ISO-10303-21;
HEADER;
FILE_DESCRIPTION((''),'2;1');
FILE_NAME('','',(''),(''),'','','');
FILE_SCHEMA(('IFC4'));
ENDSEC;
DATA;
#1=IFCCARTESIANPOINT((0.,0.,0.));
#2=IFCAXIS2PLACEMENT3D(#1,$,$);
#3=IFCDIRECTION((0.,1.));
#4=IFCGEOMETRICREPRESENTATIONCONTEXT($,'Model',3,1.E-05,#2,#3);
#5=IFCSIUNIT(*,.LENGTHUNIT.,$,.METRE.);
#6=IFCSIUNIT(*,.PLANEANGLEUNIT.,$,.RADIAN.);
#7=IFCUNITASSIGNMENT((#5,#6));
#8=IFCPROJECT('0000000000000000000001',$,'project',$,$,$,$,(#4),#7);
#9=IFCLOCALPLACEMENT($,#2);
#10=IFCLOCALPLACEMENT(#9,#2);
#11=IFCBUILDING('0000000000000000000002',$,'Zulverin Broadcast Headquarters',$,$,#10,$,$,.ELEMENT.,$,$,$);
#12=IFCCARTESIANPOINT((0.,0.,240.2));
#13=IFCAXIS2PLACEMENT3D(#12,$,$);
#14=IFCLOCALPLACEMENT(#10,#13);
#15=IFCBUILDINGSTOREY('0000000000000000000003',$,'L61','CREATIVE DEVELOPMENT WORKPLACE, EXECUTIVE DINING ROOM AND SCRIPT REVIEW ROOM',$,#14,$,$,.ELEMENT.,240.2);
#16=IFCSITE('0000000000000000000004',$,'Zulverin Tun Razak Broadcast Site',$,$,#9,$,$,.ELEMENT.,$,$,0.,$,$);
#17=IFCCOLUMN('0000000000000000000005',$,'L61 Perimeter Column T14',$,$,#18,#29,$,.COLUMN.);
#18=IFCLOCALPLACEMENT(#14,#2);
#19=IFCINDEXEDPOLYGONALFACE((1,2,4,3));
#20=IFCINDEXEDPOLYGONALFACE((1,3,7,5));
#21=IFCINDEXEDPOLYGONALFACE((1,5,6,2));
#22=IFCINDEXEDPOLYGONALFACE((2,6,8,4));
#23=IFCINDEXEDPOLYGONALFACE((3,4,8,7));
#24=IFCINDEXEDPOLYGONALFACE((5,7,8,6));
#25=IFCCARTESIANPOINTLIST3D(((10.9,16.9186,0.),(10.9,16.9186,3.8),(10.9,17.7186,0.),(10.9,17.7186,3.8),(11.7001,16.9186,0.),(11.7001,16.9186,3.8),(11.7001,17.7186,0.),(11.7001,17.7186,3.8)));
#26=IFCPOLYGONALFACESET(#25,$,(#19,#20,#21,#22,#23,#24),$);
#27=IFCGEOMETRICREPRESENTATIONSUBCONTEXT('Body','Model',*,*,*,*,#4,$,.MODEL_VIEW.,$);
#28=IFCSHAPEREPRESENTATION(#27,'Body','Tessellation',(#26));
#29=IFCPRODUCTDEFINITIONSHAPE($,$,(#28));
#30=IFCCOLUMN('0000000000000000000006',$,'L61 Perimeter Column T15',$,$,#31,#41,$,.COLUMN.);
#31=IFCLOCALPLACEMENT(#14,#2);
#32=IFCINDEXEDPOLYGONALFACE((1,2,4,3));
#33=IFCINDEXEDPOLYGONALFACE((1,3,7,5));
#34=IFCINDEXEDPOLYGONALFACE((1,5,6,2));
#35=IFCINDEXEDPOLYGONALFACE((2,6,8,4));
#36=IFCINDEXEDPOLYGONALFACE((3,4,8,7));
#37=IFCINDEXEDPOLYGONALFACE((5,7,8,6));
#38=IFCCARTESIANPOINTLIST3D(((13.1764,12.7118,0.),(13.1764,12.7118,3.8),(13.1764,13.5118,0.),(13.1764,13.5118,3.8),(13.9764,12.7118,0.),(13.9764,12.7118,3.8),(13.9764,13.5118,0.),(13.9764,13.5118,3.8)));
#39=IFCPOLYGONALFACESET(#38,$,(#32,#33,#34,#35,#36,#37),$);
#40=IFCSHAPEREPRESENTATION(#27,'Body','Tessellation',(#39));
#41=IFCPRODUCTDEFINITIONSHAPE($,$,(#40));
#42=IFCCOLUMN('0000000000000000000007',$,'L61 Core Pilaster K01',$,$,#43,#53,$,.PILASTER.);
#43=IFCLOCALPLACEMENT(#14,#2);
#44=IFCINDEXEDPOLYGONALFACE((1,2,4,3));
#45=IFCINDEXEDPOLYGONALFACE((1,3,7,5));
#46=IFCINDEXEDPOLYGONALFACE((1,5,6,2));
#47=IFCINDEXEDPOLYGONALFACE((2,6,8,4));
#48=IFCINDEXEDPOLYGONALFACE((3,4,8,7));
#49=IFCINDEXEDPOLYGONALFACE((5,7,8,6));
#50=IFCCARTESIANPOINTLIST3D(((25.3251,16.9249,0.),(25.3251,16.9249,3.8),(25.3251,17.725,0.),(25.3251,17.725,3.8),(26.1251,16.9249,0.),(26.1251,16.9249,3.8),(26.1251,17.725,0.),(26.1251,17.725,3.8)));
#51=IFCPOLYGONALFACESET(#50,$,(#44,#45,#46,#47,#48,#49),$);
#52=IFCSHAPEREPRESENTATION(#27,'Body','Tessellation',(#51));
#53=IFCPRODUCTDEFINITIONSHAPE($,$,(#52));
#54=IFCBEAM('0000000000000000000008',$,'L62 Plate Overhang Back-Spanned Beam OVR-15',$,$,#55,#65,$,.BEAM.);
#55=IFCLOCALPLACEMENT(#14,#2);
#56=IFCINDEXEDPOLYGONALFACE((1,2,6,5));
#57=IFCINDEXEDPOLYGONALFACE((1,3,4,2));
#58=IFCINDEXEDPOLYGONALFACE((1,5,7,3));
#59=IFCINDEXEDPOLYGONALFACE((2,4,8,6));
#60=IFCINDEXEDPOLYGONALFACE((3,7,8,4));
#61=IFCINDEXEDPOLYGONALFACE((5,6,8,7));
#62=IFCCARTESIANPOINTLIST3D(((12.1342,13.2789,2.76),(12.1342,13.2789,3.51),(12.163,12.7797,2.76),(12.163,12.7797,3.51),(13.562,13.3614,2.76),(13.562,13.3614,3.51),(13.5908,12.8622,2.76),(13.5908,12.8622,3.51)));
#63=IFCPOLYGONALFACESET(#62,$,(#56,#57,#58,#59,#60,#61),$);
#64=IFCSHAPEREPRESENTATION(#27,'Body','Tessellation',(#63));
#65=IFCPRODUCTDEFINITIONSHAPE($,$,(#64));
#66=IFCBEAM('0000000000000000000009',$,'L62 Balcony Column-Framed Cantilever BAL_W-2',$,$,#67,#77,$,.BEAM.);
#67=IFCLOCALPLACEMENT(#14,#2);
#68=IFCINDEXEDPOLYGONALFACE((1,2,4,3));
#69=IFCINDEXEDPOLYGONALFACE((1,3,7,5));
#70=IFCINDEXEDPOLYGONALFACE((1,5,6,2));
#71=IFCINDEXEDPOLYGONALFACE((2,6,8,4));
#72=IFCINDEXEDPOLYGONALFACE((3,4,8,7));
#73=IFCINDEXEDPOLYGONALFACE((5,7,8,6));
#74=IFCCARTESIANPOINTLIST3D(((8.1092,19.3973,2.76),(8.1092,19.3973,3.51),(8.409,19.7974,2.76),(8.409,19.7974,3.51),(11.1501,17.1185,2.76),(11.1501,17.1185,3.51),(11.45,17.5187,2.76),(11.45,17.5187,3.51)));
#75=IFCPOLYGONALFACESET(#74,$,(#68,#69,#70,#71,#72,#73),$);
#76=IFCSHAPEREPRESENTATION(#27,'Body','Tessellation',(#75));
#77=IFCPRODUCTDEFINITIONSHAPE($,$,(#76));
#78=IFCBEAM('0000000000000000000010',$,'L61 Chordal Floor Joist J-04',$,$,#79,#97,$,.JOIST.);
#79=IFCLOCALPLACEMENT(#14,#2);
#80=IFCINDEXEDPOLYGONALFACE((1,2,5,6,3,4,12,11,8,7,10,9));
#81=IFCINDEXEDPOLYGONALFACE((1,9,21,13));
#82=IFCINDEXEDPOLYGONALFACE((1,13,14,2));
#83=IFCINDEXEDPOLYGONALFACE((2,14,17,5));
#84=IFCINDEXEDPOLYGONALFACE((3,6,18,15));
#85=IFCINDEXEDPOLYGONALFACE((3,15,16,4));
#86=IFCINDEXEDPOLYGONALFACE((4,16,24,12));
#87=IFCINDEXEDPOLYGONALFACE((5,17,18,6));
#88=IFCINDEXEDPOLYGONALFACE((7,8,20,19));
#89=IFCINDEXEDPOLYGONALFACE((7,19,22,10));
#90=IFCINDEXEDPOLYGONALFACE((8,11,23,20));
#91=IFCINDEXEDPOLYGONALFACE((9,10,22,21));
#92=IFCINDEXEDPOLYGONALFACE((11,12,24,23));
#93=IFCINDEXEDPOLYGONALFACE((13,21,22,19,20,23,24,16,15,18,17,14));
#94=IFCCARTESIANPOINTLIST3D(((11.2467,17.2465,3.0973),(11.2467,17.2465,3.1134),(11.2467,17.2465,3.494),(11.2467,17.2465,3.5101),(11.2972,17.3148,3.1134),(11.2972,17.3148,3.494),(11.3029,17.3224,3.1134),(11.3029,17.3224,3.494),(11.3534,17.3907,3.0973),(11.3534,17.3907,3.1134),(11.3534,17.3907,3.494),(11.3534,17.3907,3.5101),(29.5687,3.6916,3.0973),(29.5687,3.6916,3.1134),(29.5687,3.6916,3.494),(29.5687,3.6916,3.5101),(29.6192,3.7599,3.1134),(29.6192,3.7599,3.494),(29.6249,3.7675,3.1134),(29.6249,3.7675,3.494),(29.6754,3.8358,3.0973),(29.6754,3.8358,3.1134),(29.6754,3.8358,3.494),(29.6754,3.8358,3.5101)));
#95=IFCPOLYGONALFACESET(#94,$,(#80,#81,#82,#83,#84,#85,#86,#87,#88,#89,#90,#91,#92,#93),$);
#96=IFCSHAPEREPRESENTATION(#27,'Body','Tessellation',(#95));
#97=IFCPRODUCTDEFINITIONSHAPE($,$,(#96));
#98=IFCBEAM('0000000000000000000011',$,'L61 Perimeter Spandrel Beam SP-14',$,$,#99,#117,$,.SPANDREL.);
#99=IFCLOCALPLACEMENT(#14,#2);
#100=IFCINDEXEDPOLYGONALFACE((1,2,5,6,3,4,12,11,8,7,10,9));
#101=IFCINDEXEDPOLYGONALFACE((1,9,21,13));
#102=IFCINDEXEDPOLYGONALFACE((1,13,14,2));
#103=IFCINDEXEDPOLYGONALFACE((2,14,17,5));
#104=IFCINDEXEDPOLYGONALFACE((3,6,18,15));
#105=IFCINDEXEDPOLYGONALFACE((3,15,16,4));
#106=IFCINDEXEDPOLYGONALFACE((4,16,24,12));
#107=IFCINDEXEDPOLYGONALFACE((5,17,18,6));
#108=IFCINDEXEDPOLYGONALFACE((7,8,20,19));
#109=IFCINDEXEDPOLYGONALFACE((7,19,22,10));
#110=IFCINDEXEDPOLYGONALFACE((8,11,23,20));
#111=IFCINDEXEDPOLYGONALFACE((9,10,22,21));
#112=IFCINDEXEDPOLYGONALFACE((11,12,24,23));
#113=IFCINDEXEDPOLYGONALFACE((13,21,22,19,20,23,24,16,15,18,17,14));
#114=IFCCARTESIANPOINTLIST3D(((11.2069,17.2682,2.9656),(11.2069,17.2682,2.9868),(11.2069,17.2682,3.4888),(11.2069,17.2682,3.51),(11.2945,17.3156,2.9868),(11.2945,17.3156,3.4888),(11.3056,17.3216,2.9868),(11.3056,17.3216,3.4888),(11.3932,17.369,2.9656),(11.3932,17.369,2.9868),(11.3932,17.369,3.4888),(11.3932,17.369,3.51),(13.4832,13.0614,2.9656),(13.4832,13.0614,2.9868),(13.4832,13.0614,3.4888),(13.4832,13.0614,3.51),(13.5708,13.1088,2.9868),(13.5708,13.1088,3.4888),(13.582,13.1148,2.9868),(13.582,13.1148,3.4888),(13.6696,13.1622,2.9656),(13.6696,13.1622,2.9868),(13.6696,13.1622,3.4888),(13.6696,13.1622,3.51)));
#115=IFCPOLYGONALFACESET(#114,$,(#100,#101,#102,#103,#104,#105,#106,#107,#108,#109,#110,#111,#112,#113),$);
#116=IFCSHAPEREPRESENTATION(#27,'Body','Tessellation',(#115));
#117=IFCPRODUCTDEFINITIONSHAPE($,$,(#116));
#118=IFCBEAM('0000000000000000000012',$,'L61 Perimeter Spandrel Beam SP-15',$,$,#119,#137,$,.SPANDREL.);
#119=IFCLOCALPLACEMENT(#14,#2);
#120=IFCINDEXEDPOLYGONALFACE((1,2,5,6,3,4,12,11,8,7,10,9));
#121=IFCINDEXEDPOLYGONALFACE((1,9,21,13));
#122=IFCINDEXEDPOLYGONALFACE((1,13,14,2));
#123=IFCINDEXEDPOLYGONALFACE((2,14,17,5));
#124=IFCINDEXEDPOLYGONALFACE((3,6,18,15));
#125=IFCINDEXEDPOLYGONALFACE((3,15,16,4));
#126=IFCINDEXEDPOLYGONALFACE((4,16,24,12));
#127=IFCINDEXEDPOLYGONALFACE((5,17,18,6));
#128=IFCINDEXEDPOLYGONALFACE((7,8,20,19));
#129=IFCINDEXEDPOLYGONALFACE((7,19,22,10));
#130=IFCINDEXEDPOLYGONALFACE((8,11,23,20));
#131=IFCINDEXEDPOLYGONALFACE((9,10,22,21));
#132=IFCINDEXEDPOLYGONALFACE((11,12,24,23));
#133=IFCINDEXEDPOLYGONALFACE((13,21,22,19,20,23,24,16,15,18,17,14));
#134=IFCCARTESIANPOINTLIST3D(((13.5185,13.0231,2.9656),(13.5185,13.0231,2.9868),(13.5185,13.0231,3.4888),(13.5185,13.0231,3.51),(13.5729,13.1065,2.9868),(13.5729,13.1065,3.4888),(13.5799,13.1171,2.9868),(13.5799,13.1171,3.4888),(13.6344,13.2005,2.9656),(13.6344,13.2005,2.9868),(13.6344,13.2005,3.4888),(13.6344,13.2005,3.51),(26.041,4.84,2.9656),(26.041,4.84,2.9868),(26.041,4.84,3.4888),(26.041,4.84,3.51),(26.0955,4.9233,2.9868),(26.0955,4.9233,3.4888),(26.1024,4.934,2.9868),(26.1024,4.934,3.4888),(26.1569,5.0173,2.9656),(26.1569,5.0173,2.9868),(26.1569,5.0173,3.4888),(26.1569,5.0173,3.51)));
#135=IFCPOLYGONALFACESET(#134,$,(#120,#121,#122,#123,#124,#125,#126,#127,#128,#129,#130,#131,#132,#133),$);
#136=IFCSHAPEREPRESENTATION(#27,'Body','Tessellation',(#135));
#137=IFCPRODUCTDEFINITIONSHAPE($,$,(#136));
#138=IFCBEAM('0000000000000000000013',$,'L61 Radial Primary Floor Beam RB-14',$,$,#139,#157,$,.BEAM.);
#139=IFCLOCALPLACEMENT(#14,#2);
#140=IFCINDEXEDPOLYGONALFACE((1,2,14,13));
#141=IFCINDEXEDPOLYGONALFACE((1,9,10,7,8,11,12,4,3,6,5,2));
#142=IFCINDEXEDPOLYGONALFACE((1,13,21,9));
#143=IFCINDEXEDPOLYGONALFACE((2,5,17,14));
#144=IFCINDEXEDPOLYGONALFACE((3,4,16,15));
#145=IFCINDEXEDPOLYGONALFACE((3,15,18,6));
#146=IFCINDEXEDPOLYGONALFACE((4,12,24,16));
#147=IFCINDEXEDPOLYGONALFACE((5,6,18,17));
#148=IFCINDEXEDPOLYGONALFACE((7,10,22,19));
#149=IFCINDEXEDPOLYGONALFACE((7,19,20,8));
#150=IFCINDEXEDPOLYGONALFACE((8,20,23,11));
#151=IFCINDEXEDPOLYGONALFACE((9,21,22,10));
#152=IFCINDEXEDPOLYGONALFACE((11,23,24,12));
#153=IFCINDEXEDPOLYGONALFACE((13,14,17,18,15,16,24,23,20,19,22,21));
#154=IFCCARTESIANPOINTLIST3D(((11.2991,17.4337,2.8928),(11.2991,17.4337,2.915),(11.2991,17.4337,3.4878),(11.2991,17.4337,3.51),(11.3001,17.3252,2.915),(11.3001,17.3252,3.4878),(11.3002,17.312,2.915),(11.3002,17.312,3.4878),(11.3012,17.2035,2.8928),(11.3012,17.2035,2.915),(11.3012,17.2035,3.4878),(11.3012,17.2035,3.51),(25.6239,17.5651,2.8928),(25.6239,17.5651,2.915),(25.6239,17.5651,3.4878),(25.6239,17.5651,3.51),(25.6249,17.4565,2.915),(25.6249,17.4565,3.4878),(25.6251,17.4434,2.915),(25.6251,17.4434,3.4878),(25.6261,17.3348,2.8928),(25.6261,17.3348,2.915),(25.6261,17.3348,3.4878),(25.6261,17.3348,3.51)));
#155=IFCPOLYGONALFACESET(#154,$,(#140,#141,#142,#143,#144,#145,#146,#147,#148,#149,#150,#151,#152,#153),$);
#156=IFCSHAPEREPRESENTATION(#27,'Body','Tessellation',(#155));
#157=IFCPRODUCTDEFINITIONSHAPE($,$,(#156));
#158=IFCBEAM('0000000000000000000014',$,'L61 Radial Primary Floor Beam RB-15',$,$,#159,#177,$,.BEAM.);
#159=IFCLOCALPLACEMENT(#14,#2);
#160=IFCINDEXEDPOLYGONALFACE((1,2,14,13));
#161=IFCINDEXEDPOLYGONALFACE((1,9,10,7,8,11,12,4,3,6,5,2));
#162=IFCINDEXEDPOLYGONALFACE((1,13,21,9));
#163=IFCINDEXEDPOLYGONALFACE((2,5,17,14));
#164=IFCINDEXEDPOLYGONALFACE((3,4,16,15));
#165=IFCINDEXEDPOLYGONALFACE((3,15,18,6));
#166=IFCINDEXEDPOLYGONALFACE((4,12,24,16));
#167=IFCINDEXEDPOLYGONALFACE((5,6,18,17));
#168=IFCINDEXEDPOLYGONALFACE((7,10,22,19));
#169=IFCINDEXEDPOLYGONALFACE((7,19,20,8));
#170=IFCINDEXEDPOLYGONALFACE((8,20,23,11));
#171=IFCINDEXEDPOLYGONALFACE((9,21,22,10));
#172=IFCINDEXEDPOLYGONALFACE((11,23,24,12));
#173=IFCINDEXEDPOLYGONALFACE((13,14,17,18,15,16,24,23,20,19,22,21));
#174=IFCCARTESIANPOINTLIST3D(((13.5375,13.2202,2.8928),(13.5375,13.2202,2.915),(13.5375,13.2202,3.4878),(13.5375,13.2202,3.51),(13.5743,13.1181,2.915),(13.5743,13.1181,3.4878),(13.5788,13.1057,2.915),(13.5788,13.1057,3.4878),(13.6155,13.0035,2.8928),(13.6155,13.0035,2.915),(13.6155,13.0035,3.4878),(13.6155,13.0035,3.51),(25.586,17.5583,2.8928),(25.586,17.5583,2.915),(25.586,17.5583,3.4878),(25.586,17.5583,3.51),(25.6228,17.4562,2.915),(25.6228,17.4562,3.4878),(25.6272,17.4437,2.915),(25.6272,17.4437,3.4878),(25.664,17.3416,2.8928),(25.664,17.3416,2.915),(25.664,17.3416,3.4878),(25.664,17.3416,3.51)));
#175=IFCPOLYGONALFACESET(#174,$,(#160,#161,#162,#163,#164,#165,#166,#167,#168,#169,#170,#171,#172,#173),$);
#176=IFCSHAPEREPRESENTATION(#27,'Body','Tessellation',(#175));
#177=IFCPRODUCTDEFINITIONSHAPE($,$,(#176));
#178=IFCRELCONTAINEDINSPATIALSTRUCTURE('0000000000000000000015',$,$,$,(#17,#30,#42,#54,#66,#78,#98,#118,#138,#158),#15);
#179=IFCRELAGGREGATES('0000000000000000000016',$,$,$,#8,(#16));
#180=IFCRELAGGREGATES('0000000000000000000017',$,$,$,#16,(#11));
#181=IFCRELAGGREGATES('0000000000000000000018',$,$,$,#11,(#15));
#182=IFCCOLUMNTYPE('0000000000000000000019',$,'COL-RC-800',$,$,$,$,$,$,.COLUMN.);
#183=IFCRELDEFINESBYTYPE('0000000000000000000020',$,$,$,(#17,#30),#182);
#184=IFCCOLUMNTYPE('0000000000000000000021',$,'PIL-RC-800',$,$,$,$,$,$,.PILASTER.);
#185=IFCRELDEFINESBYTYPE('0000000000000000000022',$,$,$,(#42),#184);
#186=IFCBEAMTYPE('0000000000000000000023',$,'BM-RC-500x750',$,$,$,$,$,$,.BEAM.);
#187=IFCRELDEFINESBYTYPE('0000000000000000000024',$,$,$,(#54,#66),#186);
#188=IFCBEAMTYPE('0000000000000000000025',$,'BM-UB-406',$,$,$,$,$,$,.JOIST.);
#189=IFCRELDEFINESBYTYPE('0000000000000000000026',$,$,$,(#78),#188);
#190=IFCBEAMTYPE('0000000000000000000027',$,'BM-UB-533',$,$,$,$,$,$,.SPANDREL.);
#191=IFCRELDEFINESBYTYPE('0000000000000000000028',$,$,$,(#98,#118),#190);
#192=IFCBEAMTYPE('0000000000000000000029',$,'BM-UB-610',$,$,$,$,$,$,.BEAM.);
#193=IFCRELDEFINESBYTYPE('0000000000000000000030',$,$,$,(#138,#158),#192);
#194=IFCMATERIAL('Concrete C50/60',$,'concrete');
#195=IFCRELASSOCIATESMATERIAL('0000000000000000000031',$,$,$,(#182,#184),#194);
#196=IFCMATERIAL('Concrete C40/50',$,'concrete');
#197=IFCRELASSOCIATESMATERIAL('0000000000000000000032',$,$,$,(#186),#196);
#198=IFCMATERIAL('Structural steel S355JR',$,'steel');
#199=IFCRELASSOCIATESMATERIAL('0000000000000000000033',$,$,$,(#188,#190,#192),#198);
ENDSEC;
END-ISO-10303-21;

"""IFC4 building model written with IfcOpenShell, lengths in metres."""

from ifc_helpers import new_model, si_unit, direction, frame, origin, origin_2d, place, context, subcontext, project, spatial, rectangle, i_section, extrude, material, material_profile, profile_set, type_object, element, save


model = new_model("IFC4")

# Units and contexts
model_context = context("Model", 3, precision=1e-05, world=origin(), true_north=direction((0.0, 1.0)))
body_context = subcontext(model_context, "Body", "Model", "MODEL_VIEW")
ifc_project = project(units=[si_unit("LENGTHUNIT", "METRE"), si_unit("PLANEANGLEUNIT", "RADIAN")], contexts=[model_context])

# Site, building, storey
site_placement = place(None, origin())
site = spatial("IfcSite", under=ifc_project, at=site_placement, Name="Zulverin Tun Razak Broadcast Site", CompositionType="ELEMENT", RefElevation=0.0)
building_placement = place(site_placement, origin())
building = spatial("IfcBuilding", under=site, at=building_placement, Name="Zulverin Broadcast Headquarters", CompositionType="ELEMENT")
storey_placement = place(building_placement, frame((0.0, 0.0, 240.2)))
storey = spatial("IfcBuildingStorey", under=building, at=storey_placement, Name="L61", Description="CREATIVE DEVELOPMENT WORKPLACE, EXECUTIVE DINING ROOM AND SCRIPT REVIEW ROOM", CompositionType="ELEMENT", Elevation=240.2)

# Columns
ifc_material_1 = material(Name="Concrete C50/60", Category="concrete")
ifc_material_profile_1 = material_profile(ifc_material_1, rectangle(XDim=0.8, YDim=0.8, at=origin_2d()), Name="Concrete C50/60", Category="concrete")
ifc_profile_set_1 = profile_set([ifc_material_profile_1], Name="Concrete C50/60")
column_type_1 = type_object("IfcColumnType", Name="COL-RC-800", PredefinedType="COLUMN", material=ifc_profile_set_1)
for number, where, z_axis, x_axis, name in (
    (1, (11.3, 17.3186, 0.0), (0.0, 0.0, 1.0), (1.0, 0.0, 0.0), "L61 Perimeter Column T14"),
    (2, (13.5764, 13.1118, 0.0), (0.0, 0.0, 1.0), (1.0, 0.0, 0.0), "L61 Perimeter Column T15"),
):
    element("IfcColumn", number, at=place(storey_placement, frame(where, z_axis=z_axis, x_axis=x_axis)), inside=storey, type_object=column_type_1, Name=name, PredefinedType="COLUMN", context=body_context, shape_type="SweptSolid", body=[
        extrude(rectangle(XDim=0.8, YDim=0.8, at=origin_2d()), origin(), (0.0, 0.0, 1.0), 3.8),
    ])
ifc_material_profile_2 = material_profile(ifc_material_1, rectangle(XDim=0.8, YDim=0.8, at=origin_2d()), Name="Concrete C50/60", Category="concrete")
ifc_profile_set_2 = profile_set([ifc_material_profile_2], Name="Concrete C50/60")
column_type_2 = type_object("IfcColumnType", Name="PIL-RC-800", PredefinedType="PILASTER", material=ifc_profile_set_2)
column_placement = place(storey_placement, frame((25.7251, 17.325, 0.0), z_axis=(0.0, 0.0, 1.0), x_axis=(1.0, 0.0, 0.0)))
element("IfcColumn", 3, at=column_placement, inside=storey, type_object=column_type_2, Name="L61 Core Pilaster K01", PredefinedType="PILASTER", context=body_context, shape_type="SweptSolid", body=[
    extrude(rectangle(XDim=0.8, YDim=0.8, at=origin_2d()), origin(), (0.0, 0.0, 1.0), 3.8),
])

# Beams
ifc_material_2 = material(Name="Concrete C40/50", Category="concrete")
ifc_material_profile_3 = material_profile(ifc_material_2, rectangle(XDim=0.5, YDim=0.75, at=origin_2d()), Name="Concrete C40/50", Category="concrete")
ifc_profile_set_3 = profile_set([ifc_material_profile_3], Name="Concrete C40/50")
beam_type_1 = type_object("IfcBeamType", Name="BM-RC-500x750", PredefinedType="BEAM", material=ifc_profile_set_3)
beam_1_placement = place(storey_placement, frame((13.5764, 13.1118, 3.135), z_axis=(-0.998334, -0.057701, 0.0), x_axis=(0.057701, -0.998334, 0.0)))
element("IfcBeam", 4, at=beam_1_placement, inside=storey, type_object=beam_type_1, Name="L62 Plate Overhang Back-Spanned Beam OVR-15", PredefinedType="BEAM", context=body_context, shape_type="SweptSolid", body=[
    extrude(rectangle(XDim=0.5, YDim=0.75, at=origin_2d()), origin(), (0.0, 0.0, 1.0), 1.4302),
])
beam_2_placement = place(storey_placement, frame((11.3, 17.3186, 3.135), z_axis=(-0.800247, 0.599671, 0.0), x_axis=(-0.599671, -0.800247, 0.0)))
element("IfcBeam", 5, at=beam_2_placement, inside=storey, type_object=beam_type_1, Name="L62 Balcony Column-Framed Cantilever BAL_W-2", PredefinedType="BEAM", context=body_context, shape_type="SweptSolid", body=[
    extrude(rectangle(XDim=0.5, YDim=0.75, at=origin_2d()), origin(), (0.0, 0.0, 1.0), 3.8),
])
ifc_material_3 = material(Name="Structural steel S355JR", Category="steel")
ifc_material_profile_4 = material_profile(ifc_material_3, i_section(OverallWidth=0.1794, OverallDepth=0.4128, WebThickness=0.0095, FlangeThickness=0.0161, at=origin_2d()), Name="Structural steel S355JR", Category="steel")
ifc_profile_set_4 = profile_set([ifc_material_profile_4], Name="Structural steel S355JR")
beam_type_2 = type_object("IfcBeamType", Name="BM-UB-406", PredefinedType="JOIST", material=ifc_profile_set_4)
beam_3_placement = place(storey_placement, frame((11.3, 17.3186, 3.3037), z_axis=(0.803912, -0.594748, 0.0), x_axis=(0.594748, 0.803912, 0.0)))
element("IfcBeam", 6, at=beam_3_placement, inside=storey, type_object=beam_type_2, Name="L61 Chordal Floor Joist J-04", PredefinedType="JOIST", context=body_context, shape_type="SweptSolid", body=[
    extrude(i_section(OverallWidth=0.1794, OverallDepth=0.4128, WebThickness=0.0095, FlangeThickness=0.0161, at=origin_2d()), origin(), (0.0, 0.0, 1.0), 22.791),
])
ifc_material_profile_5 = material_profile(ifc_material_3, i_section(OverallWidth=0.2119, OverallDepth=0.5444, WebThickness=0.0127, FlangeThickness=0.0212, at=origin_2d()), Name="Structural steel S355JR", Category="steel")
ifc_profile_set_5 = profile_set([ifc_material_profile_5], Name="Structural steel S355JR")
beam_type_3 = type_object("IfcBeamType", Name="BM-UB-533", PredefinedType="SPANDREL", material=ifc_profile_set_5)
beam_4_placement = place(storey_placement, frame((11.3, 17.3186, 3.2378), z_axis=(0.47591, -0.879494, 0.0), x_axis=(0.879494, 0.47591, 0.0)))
element("IfcBeam", 7, at=beam_4_placement, inside=storey, type_object=beam_type_3, Name="L61 Perimeter Spandrel Beam SP-14", PredefinedType="SPANDREL", context=body_context, shape_type="SweptSolid", body=[
    extrude(i_section(OverallWidth=0.2119, OverallDepth=0.5444, WebThickness=0.0127, FlangeThickness=0.0212, at=origin_2d()), origin(), (0.0, 0.0, 1.0), 4.7832),
])
beam_5_placement = place(storey_placement, frame((13.5764, 13.1118, 3.2378), z_axis=(0.837112, -0.547031, 0.0), x_axis=(0.547031, 0.837112, 0.0)))
element("IfcBeam", 8, at=beam_5_placement, inside=storey, type_object=beam_type_3, Name="L61 Perimeter Spandrel Beam SP-15", PredefinedType="SPANDREL", context=body_context, shape_type="SweptSolid", body=[
    extrude(i_section(OverallWidth=0.2119, OverallDepth=0.5444, WebThickness=0.0127, FlangeThickness=0.0212, at=origin_2d()), origin(), (0.0, 0.0, 1.0), 14.9592),
])
ifc_material_profile_6 = material_profile(ifc_material_3, i_section(OverallWidth=0.2302, OverallDepth=0.6172, WebThickness=0.0132, FlangeThickness=0.0222, at=origin_2d()), Name="Structural steel S355JR", Category="steel")
ifc_profile_set_6 = profile_set([ifc_material_profile_6], Name="Structural steel S355JR")
beam_type_4 = type_object("IfcBeamType", Name="BM-UB-610", PredefinedType="BEAM", material=ifc_profile_set_6)
beam_6_placement = place(storey_placement, frame((25.625, 17.45, 3.2014), z_axis=(-0.999958, -0.009169, 0.0), x_axis=(0.009169, -0.999958, 0.0)))
element("IfcBeam", 9, at=beam_6_placement, inside=storey, type_object=beam_type_4, Name="L61 Radial Primary Floor Beam RB-14", PredefinedType="BEAM", context=body_context, shape_type="SweptSolid", body=[
    extrude(i_section(OverallWidth=0.2302, OverallDepth=0.6172, WebThickness=0.0132, FlangeThickness=0.0222, at=origin_2d()), origin(), (0.0, 0.0, 1.0), 14.3254),
])
beam_7_placement = place(storey_placement, frame((25.625, 17.45, 3.2014), z_axis=(-0.940871, -0.338764, 0.0), x_axis=(0.338764, -0.940871, 0.0)))
element("IfcBeam", 10, at=beam_7_placement, inside=storey, type_object=beam_type_4, Name="L61 Radial Primary Floor Beam RB-15", PredefinedType="BEAM", context=body_context, shape_type="SweptSolid", body=[
    extrude(i_section(OverallWidth=0.2302, OverallDepth=0.6172, WebThickness=0.0132, FlangeThickness=0.0222, at=origin_2d()), origin(), (0.0, 0.0, 1.0), 12.8057),
])

save(model, "model.ifc")
